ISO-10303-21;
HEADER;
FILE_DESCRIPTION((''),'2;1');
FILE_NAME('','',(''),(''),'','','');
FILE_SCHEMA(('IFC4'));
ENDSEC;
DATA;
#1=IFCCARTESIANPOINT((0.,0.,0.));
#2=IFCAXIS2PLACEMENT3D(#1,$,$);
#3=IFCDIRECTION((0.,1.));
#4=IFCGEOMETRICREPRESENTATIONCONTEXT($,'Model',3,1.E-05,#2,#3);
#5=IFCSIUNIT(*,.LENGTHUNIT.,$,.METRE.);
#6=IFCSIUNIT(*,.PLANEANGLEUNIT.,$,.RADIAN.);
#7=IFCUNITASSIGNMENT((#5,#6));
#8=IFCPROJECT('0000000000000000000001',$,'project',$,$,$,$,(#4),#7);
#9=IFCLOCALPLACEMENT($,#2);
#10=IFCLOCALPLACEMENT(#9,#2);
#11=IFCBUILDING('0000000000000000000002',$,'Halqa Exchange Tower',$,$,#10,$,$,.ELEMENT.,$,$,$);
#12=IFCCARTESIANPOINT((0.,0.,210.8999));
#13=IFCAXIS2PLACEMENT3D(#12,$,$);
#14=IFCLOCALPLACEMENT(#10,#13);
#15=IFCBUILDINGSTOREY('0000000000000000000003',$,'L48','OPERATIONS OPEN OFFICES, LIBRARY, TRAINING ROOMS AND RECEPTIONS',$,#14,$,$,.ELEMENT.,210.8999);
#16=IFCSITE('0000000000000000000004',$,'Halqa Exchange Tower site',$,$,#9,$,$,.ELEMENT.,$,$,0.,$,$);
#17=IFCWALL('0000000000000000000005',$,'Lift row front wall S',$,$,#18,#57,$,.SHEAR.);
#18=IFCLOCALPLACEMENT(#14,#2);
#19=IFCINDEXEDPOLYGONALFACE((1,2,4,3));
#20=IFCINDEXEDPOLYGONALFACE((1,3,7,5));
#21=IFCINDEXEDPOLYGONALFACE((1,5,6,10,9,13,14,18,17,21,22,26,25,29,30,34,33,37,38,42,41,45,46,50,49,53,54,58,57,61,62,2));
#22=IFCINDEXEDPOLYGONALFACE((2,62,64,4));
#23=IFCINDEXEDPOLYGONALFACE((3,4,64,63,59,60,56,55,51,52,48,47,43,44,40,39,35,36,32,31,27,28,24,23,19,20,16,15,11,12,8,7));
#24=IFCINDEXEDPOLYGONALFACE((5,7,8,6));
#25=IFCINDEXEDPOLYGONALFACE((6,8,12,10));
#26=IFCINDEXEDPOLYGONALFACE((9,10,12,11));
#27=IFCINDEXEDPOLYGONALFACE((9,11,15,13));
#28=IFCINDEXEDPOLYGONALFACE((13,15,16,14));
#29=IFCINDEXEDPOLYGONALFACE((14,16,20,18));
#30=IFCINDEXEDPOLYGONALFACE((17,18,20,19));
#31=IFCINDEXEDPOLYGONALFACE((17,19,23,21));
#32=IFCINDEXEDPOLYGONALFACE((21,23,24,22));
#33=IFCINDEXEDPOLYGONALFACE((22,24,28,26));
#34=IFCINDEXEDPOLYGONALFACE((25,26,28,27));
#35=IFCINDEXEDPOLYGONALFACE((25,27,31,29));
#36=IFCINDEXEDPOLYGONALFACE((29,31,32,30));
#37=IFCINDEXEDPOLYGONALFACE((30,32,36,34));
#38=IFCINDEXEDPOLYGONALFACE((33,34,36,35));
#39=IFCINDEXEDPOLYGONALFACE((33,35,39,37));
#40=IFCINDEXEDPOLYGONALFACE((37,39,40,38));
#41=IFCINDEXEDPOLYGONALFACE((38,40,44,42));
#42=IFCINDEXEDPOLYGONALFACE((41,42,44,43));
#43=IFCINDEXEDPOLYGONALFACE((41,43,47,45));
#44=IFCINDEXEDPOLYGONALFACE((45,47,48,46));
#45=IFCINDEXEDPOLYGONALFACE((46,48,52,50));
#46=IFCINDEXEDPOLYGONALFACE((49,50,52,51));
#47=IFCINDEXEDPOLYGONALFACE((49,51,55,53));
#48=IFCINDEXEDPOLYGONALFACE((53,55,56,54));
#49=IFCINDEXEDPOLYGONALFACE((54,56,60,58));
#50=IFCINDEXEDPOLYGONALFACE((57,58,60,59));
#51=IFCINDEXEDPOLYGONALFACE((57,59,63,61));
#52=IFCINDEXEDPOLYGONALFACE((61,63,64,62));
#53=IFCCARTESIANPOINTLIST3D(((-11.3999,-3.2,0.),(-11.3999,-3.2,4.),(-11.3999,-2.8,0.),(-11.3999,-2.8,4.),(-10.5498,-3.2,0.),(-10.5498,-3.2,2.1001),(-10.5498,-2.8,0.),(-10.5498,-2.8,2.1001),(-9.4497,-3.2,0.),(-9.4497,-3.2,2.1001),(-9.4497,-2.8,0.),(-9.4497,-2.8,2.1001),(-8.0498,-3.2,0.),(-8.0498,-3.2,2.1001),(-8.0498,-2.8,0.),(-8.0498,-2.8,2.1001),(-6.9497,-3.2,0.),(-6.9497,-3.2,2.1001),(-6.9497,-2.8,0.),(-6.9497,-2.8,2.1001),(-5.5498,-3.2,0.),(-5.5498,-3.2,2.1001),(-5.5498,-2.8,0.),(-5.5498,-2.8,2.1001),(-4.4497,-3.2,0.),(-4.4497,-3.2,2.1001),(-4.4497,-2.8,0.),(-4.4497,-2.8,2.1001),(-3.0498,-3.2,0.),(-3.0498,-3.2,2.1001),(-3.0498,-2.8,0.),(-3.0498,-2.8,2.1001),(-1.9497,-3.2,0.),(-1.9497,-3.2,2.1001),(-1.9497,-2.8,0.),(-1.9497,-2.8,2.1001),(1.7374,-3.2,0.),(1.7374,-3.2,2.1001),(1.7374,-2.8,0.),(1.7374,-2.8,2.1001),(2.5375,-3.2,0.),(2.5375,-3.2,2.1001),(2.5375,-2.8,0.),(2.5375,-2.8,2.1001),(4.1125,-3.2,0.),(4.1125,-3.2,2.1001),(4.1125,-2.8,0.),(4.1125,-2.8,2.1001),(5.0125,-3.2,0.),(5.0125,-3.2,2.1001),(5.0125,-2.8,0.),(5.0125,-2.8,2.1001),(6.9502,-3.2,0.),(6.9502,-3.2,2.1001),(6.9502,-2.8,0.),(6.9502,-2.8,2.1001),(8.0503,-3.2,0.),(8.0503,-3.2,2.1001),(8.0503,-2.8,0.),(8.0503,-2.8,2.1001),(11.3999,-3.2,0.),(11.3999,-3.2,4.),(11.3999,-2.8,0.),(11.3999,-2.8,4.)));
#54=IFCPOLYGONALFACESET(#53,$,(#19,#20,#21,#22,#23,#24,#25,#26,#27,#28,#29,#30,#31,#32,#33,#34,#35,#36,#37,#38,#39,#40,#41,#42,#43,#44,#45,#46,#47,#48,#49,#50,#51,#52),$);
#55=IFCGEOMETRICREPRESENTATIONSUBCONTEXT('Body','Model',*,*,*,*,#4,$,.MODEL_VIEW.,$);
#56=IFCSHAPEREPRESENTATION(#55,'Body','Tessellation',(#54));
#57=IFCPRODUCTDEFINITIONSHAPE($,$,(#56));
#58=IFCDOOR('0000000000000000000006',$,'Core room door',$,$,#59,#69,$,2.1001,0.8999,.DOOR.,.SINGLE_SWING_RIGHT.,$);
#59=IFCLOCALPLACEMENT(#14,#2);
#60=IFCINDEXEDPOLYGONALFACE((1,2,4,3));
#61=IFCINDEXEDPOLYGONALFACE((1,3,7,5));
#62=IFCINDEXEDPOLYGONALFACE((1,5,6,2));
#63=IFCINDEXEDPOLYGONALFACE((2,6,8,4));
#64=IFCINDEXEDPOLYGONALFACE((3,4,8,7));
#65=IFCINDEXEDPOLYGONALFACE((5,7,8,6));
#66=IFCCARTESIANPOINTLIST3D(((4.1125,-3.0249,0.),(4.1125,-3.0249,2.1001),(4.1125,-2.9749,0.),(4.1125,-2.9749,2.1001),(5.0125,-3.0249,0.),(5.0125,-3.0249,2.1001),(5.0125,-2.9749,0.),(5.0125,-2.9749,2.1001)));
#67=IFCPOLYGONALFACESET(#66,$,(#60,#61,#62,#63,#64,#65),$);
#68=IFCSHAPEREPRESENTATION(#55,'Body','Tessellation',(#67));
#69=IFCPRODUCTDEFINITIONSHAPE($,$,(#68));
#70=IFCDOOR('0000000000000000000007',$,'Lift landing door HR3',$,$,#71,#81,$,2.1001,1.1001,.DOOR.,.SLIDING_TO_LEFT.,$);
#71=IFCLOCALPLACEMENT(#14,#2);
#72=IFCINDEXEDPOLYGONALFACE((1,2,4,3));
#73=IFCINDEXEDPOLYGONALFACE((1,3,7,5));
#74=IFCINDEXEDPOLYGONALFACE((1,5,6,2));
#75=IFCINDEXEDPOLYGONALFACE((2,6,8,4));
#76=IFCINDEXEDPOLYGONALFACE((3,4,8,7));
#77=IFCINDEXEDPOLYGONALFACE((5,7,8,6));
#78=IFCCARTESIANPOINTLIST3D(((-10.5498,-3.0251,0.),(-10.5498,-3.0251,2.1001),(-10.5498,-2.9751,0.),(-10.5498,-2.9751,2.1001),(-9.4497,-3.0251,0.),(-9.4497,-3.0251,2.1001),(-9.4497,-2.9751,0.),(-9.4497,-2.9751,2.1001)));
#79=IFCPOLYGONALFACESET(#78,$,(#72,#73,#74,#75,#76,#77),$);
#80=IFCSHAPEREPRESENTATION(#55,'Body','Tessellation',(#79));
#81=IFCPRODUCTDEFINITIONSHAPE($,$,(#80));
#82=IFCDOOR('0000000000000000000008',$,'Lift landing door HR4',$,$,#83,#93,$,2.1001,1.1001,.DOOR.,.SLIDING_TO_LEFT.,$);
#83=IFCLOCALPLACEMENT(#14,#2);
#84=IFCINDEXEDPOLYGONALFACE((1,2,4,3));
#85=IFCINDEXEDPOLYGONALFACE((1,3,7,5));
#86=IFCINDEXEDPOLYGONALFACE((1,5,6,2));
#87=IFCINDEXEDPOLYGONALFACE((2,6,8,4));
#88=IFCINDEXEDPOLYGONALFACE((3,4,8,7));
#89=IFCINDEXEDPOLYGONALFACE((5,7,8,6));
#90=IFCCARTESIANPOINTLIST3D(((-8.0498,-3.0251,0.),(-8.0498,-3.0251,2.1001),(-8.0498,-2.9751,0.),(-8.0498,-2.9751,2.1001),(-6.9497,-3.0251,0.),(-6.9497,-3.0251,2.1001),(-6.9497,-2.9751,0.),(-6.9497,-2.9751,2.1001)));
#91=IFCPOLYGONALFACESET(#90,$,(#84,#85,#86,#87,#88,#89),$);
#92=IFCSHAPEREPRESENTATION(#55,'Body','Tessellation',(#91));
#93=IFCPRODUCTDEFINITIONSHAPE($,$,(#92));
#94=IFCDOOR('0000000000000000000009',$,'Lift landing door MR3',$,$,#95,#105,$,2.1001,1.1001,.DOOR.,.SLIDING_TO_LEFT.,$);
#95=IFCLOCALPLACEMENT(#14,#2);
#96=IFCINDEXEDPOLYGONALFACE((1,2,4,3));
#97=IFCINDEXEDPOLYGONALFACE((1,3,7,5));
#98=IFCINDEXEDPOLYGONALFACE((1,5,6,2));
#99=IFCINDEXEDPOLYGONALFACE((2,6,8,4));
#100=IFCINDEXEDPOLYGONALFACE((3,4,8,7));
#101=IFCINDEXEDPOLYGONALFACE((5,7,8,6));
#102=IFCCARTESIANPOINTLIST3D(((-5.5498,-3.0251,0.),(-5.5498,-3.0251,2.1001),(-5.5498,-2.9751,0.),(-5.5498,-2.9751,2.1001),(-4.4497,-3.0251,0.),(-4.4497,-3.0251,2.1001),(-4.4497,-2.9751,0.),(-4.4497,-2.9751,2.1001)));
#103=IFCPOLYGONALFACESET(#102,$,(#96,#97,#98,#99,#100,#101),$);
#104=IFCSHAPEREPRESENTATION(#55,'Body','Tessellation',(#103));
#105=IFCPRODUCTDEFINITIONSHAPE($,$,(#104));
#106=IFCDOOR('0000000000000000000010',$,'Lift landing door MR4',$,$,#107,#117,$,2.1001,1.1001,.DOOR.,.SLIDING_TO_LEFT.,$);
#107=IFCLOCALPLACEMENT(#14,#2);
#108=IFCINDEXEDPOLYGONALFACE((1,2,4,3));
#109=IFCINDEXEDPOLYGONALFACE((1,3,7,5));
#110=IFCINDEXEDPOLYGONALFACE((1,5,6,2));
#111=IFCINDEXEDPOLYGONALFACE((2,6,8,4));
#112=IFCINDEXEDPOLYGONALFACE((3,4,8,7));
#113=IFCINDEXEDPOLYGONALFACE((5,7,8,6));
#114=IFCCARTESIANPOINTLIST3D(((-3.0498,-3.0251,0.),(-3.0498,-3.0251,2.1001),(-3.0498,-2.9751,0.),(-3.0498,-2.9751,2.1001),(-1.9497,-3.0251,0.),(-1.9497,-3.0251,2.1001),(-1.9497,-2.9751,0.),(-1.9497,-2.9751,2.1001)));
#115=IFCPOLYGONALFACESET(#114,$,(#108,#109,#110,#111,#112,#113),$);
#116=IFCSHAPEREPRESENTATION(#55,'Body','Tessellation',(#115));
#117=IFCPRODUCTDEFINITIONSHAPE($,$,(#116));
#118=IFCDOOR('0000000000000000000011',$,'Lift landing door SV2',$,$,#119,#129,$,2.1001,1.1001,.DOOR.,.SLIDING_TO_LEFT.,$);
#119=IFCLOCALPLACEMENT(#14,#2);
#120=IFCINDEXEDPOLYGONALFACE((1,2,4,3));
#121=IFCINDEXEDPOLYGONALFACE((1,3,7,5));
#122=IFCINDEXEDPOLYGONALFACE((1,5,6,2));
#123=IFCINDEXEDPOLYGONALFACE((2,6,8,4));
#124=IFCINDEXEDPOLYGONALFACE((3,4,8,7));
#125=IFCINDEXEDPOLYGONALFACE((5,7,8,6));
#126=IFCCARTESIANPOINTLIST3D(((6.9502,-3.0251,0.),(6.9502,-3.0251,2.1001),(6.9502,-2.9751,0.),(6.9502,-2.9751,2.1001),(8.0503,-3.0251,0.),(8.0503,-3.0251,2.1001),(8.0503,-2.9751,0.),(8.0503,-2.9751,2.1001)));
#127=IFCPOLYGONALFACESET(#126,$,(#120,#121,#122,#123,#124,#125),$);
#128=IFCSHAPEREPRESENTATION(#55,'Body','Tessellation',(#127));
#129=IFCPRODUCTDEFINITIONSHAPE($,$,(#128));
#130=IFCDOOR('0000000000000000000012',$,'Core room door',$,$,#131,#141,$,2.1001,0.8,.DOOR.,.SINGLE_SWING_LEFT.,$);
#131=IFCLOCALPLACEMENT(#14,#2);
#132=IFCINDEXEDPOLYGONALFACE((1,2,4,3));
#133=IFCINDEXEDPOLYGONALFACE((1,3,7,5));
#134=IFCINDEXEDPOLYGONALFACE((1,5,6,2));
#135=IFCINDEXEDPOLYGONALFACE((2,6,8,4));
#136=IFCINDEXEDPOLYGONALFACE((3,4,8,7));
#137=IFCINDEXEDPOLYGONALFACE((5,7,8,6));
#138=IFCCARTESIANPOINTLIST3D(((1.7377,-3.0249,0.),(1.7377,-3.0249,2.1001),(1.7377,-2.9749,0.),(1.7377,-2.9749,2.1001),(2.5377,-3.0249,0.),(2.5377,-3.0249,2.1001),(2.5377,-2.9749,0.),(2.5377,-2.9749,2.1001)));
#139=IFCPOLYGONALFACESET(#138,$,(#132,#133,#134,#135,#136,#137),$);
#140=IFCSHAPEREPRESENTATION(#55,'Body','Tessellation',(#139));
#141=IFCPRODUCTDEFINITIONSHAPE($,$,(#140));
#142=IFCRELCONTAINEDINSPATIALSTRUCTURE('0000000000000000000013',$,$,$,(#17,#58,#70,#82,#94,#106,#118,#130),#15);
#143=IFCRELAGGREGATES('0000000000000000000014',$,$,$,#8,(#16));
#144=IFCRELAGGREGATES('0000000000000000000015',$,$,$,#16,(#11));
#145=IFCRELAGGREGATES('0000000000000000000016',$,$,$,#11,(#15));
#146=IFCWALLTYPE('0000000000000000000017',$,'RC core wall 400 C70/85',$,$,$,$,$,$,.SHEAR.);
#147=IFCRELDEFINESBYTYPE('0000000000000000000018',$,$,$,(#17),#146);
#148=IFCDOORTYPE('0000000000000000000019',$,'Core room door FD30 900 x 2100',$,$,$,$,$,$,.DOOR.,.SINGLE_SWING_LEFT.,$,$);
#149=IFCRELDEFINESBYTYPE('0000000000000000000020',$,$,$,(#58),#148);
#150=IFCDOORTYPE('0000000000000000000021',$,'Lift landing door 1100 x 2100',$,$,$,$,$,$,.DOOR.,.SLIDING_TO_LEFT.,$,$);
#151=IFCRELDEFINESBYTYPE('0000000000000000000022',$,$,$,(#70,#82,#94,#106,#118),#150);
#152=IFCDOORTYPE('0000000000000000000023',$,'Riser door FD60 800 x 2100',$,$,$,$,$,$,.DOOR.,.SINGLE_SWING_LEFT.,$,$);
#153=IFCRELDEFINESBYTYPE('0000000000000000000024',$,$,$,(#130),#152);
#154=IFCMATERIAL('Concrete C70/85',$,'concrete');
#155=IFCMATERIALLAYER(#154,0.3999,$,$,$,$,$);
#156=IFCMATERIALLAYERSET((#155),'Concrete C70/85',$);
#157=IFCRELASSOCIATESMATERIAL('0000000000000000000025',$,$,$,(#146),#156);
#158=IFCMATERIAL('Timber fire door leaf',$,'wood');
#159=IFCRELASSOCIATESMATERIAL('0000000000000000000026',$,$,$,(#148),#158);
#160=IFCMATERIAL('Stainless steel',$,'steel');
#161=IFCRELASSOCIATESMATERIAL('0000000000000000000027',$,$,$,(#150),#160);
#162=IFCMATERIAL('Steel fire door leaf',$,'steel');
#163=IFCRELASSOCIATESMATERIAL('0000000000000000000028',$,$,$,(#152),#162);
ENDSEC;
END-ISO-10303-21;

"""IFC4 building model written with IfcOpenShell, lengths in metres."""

from ifc_helpers import new_model, si_unit, direction, frame, frame_2d, origin, place, context, subcontext, project, spatial, rectangle, extrude, material, layer, layer_set, type_object, element, fill, save


model = new_model("IFC4")

# Units and contexts
model_context = context("Model", 3, precision=1e-05, world=origin(), true_north=direction((0.0, 1.0)))
body_context = subcontext(model_context, "Body", "Model", "MODEL_VIEW")
ifc_project = project(units=[si_unit("LENGTHUNIT", "METRE"), si_unit("PLANEANGLEUNIT", "RADIAN")], contexts=[model_context])

# Site, building, storey
site_placement = place(None, origin())
site = spatial("IfcSite", under=ifc_project, at=site_placement, Name="Halqa Exchange Tower site", CompositionType="ELEMENT", RefElevation=0.0)
building_placement = place(site_placement, origin())
building = spatial("IfcBuilding", under=site, at=building_placement, Name="Halqa Exchange Tower", CompositionType="ELEMENT")
storey_placement = place(building_placement, frame((0.0, 0.0, 210.8999)))
storey = spatial("IfcBuildingStorey", under=building, at=storey_placement, Name="L48", Description="OPERATIONS OPEN OFFICES, LIBRARY, TRAINING ROOMS AND RECEPTIONS", CompositionType="ELEMENT", Elevation=210.8999)

# Wall, openings, doors
ifc_material_1 = material(Name="Concrete C70/85", Category="concrete")
ifc_layer_1 = layer(ifc_material_1, 0.3999)
ifc_layer_set_1 = layer_set([ifc_layer_1], Name="Concrete C70/85")
wall_type_1 = type_object("IfcWallType", Name="RC core wall 400 C70/85", PredefinedType="SHEAR", material=ifc_layer_set_1)
wall_1_placement = place(storey_placement, frame((-11.3999, -3.0, 0.0), z_axis=(0.0, 0.0, 1.0), x_axis=(1.0, 0.0, 0.0)))
wall_1 = element("IfcWall", 1, at=wall_1_placement, inside=storey, type_object=wall_type_1, Name="Lift row front wall S", PredefinedType="SHEAR", context=body_context, shape_type="SweptSolid", body=[
    extrude(rectangle(XDim=22.7998, YDim=0.3999, at=frame_2d((11.3999, 0.0))), origin(), (0.0, 0.0, 1.0), 4.0),
])
opening_1_placement = place(wall_1_placement, frame((0.8501, 0.0, 0.0)))
opening_1 = element("IfcOpeningElement", 2, at=opening_1_placement, cuts=wall_1, PredefinedType="OPENING", context=body_context, shape_type="SweptSolid", body=[
    extrude(rectangle(XDim=1.1001, YDim=2.1001, at=frame_2d((0.55, 1.05))), frame((0.0, 0.2119, 0.0), z_axis=(0.0, -1.0, 0.0), x_axis=(1.0, 0.0, 0.0)), (0.0, 0.0, 1.0), 0.4238),
])
opening_2_placement = place(wall_1_placement, frame((3.3501, 0.0, 0.0)))
opening_2 = element("IfcOpeningElement", 3, at=opening_2_placement, cuts=wall_1, PredefinedType="OPENING", context=body_context, shape_type="SweptSolid", body=[
    extrude(rectangle(XDim=1.1001, YDim=2.1001, at=frame_2d((0.55, 1.05))), frame((0.0, 0.2119, 0.0), z_axis=(0.0, -1.0, 0.0), x_axis=(1.0, 0.0, 0.0)), (0.0, 0.0, 1.0), 0.4238),
])
opening_3_placement = place(wall_1_placement, frame((5.8501, 0.0, 0.0)))
opening_3 = element("IfcOpeningElement", 4, at=opening_3_placement, cuts=wall_1, PredefinedType="OPENING", context=body_context, shape_type="SweptSolid", body=[
    extrude(rectangle(XDim=1.1001, YDim=2.1001, at=frame_2d((0.55, 1.05))), frame((0.0, 0.2119, 0.0), z_axis=(0.0, -1.0, 0.0), x_axis=(1.0, 0.0, 0.0)), (0.0, 0.0, 1.0), 0.4238),
])
opening_4_placement = place(wall_1_placement, frame((8.3501, 0.0, 0.0)))
opening_4 = element("IfcOpeningElement", 5, at=opening_4_placement, cuts=wall_1, PredefinedType="OPENING", context=body_context, shape_type="SweptSolid", body=[
    extrude(rectangle(XDim=1.1001, YDim=2.1001, at=frame_2d((0.55, 1.05))), frame((0.0, 0.2119, 0.0), z_axis=(0.0, -1.0, 0.0), x_axis=(1.0, 0.0, 0.0)), (0.0, 0.0, 1.0), 0.4238),
])
opening_5_placement = place(wall_1_placement, frame((18.3501, 0.0, 0.0)))
opening_5 = element("IfcOpeningElement", 6, at=opening_5_placement, cuts=wall_1, PredefinedType="OPENING", context=body_context, shape_type="SweptSolid", body=[
    extrude(rectangle(XDim=1.1001, YDim=2.1001, at=frame_2d((0.55, 1.05))), frame((0.0, 0.2119, 0.0), z_axis=(0.0, -1.0, 0.0), x_axis=(1.0, 0.0, 0.0)), (0.0, 0.0, 1.0), 0.4238),
])
opening_6_placement = place(wall_1_placement, frame((13.1375, 0.0, 0.0)))
opening_6 = element("IfcOpeningElement", 7, at=opening_6_placement, cuts=wall_1, PredefinedType="OPENING", context=body_context, shape_type="SweptSolid", body=[
    extrude(rectangle(XDim=0.8, YDim=2.1001, at=frame_2d((0.3999, 1.05))), frame((0.0, 0.2119, 0.0), z_axis=(0.0, -1.0, 0.0), x_axis=(1.0, 0.0, 0.0)), (0.0, 0.0, 1.0), 0.4238),
])
opening_7_placement = place(wall_1_placement, frame((15.5125, 0.0, 0.0)))
opening_7 = element("IfcOpeningElement", 8, at=opening_7_placement, cuts=wall_1, PredefinedType="OPENING", context=body_context, shape_type="SweptSolid", body=[
    extrude(rectangle(XDim=0.8999, YDim=2.1001, at=frame_2d((0.45, 1.05))), frame((0.0, 0.2119, 0.0), z_axis=(0.0, -1.0, 0.0), x_axis=(1.0, 0.0, 0.0)), (0.0, 0.0, 1.0), 0.4238),
])
ifc_material_2 = material(Name="Timber fire door leaf", Category="wood")
door_type_1 = type_object("IfcDoorType", Name="Core room door FD30 900 x 2100", OperationType="SINGLE_SWING_LEFT", PredefinedType="DOOR", material=ifc_material_2)
door_1_placement = place(opening_7_placement, frame((0.8999, 0.0, 0.0), z_axis=(0.0, 0.0, 1.0), x_axis=(-1.0, 0.0, 0.0)))
door_1 = element("IfcDoor", 9, at=door_1_placement, inside=storey, type_object=door_type_1, Name="Core room door", OperationType="SINGLE_SWING_RIGHT", OverallHeight=2.1001, OverallWidth=0.8999, PredefinedType="DOOR", context=body_context, shape_type="SweptSolid", body=[
    extrude(rectangle(XDim=0.8999, YDim=2.1001, at=frame_2d((0.45, 1.05))), frame((0.0, 0.0249, 0.0), z_axis=(0.0, -1.0, 0.0), x_axis=(1.0, 0.0, 0.0)), (0.0, 0.0, 1.0), 0.05),
])
fill(opening_7, door_1)
ifc_material_3 = material(Name="Stainless steel", Category="steel")
door_type_2 = type_object("IfcDoorType", Name="Lift landing door 1100 x 2100", OperationType="SLIDING_TO_LEFT", PredefinedType="DOOR", material=ifc_material_3)
door_2_placement = place(opening_1_placement, origin())
door_2 = element("IfcDoor", 10, at=door_2_placement, inside=storey, type_object=door_type_2, Name="Lift landing door HR3", OperationType="SLIDING_TO_LEFT", OverallHeight=2.1001, OverallWidth=1.1001, PredefinedType="DOOR", context=body_context, shape_type="SweptSolid", body=[
    extrude(rectangle(XDim=1.1001, YDim=2.1001, at=frame_2d((0.55, 1.05))), frame((0.0, 0.0249, 0.0), z_axis=(0.0, -1.0, 0.0), x_axis=(1.0, 0.0, 0.0)), (0.0, 0.0, 1.0), 0.05),
])
fill(opening_1, door_2)
door_3_placement = place(opening_2_placement, origin())
door_3 = element("IfcDoor", 11, at=door_3_placement, inside=storey, type_object=door_type_2, Name="Lift landing door HR4", OperationType="SLIDING_TO_LEFT", OverallHeight=2.1001, OverallWidth=1.1001, PredefinedType="DOOR", context=body_context, shape_type="SweptSolid", body=[
    extrude(rectangle(XDim=1.1001, YDim=2.1001, at=frame_2d((0.55, 1.05))), frame((0.0, 0.0249, 0.0), z_axis=(0.0, -1.0, 0.0), x_axis=(1.0, 0.0, 0.0)), (0.0, 0.0, 1.0), 0.05),
])
fill(opening_2, door_3)
door_4_placement = place(opening_3_placement, origin())
door_4 = element("IfcDoor", 12, at=door_4_placement, inside=storey, type_object=door_type_2, Name="Lift landing door MR3", OperationType="SLIDING_TO_LEFT", OverallHeight=2.1001, OverallWidth=1.1001, PredefinedType="DOOR", context=body_context, shape_type="SweptSolid", body=[
    extrude(rectangle(XDim=1.1001, YDim=2.1001, at=frame_2d((0.55, 1.05))), frame((0.0, 0.0249, 0.0), z_axis=(0.0, -1.0, 0.0), x_axis=(1.0, 0.0, 0.0)), (0.0, 0.0, 1.0), 0.05),
])
fill(opening_3, door_4)
door_5_placement = place(opening_4_placement, origin())
door_5 = element("IfcDoor", 13, at=door_5_placement, inside=storey, type_object=door_type_2, Name="Lift landing door MR4", OperationType="SLIDING_TO_LEFT", OverallHeight=2.1001, OverallWidth=1.1001, PredefinedType="DOOR", context=body_context, shape_type="SweptSolid", body=[
    extrude(rectangle(XDim=1.1001, YDim=2.1001, at=frame_2d((0.55, 1.05))), frame((0.0, 0.0249, 0.0), z_axis=(0.0, -1.0, 0.0), x_axis=(1.0, 0.0, 0.0)), (0.0, 0.0, 1.0), 0.05),
])
fill(opening_4, door_5)
door_6_placement = place(opening_5_placement, origin())
door_6 = element("IfcDoor", 14, at=door_6_placement, inside=storey, type_object=door_type_2, Name="Lift landing door SV2", OperationType="SLIDING_TO_LEFT", OverallHeight=2.1001, OverallWidth=1.1001, PredefinedType="DOOR", context=body_context, shape_type="SweptSolid", body=[
    extrude(rectangle(XDim=1.1001, YDim=2.1001, at=frame_2d((0.55, 1.05))), frame((0.0, 0.0249, 0.0), z_axis=(0.0, -1.0, 0.0), x_axis=(1.0, 0.0, 0.0)), (0.0, 0.0, 1.0), 0.05),
])
fill(opening_5, door_6)
ifc_material_4 = material(Name="Steel fire door leaf", Category="steel")
door_type_3 = type_object("IfcDoorType", Name="Riser door FD60 800 x 2100", OperationType="SINGLE_SWING_LEFT", PredefinedType="DOOR", material=ifc_material_4)
door_7_placement = place(opening_6_placement, frame((0.8, 0.0, 0.0), z_axis=(0.0, 0.0, 1.0), x_axis=(-1.0, 0.0, 0.0)))
door_7 = element("IfcDoor", 15, at=door_7_placement, inside=storey, type_object=door_type_3, Name="Core room door", OperationType="SINGLE_SWING_LEFT", OverallHeight=2.1001, OverallWidth=0.8, PredefinedType="DOOR", context=body_context, shape_type="SweptSolid", body=[
    extrude(rectangle(XDim=0.8, YDim=2.1001, at=frame_2d((0.3999, 1.05))), frame((0.0, 0.0249, 0.0), z_axis=(0.0, -1.0, 0.0), x_axis=(1.0, 0.0, 0.0)), (0.0, 0.0, 1.0), 0.05),
])
fill(opening_6, door_7)

save(model, "model.ifc")
